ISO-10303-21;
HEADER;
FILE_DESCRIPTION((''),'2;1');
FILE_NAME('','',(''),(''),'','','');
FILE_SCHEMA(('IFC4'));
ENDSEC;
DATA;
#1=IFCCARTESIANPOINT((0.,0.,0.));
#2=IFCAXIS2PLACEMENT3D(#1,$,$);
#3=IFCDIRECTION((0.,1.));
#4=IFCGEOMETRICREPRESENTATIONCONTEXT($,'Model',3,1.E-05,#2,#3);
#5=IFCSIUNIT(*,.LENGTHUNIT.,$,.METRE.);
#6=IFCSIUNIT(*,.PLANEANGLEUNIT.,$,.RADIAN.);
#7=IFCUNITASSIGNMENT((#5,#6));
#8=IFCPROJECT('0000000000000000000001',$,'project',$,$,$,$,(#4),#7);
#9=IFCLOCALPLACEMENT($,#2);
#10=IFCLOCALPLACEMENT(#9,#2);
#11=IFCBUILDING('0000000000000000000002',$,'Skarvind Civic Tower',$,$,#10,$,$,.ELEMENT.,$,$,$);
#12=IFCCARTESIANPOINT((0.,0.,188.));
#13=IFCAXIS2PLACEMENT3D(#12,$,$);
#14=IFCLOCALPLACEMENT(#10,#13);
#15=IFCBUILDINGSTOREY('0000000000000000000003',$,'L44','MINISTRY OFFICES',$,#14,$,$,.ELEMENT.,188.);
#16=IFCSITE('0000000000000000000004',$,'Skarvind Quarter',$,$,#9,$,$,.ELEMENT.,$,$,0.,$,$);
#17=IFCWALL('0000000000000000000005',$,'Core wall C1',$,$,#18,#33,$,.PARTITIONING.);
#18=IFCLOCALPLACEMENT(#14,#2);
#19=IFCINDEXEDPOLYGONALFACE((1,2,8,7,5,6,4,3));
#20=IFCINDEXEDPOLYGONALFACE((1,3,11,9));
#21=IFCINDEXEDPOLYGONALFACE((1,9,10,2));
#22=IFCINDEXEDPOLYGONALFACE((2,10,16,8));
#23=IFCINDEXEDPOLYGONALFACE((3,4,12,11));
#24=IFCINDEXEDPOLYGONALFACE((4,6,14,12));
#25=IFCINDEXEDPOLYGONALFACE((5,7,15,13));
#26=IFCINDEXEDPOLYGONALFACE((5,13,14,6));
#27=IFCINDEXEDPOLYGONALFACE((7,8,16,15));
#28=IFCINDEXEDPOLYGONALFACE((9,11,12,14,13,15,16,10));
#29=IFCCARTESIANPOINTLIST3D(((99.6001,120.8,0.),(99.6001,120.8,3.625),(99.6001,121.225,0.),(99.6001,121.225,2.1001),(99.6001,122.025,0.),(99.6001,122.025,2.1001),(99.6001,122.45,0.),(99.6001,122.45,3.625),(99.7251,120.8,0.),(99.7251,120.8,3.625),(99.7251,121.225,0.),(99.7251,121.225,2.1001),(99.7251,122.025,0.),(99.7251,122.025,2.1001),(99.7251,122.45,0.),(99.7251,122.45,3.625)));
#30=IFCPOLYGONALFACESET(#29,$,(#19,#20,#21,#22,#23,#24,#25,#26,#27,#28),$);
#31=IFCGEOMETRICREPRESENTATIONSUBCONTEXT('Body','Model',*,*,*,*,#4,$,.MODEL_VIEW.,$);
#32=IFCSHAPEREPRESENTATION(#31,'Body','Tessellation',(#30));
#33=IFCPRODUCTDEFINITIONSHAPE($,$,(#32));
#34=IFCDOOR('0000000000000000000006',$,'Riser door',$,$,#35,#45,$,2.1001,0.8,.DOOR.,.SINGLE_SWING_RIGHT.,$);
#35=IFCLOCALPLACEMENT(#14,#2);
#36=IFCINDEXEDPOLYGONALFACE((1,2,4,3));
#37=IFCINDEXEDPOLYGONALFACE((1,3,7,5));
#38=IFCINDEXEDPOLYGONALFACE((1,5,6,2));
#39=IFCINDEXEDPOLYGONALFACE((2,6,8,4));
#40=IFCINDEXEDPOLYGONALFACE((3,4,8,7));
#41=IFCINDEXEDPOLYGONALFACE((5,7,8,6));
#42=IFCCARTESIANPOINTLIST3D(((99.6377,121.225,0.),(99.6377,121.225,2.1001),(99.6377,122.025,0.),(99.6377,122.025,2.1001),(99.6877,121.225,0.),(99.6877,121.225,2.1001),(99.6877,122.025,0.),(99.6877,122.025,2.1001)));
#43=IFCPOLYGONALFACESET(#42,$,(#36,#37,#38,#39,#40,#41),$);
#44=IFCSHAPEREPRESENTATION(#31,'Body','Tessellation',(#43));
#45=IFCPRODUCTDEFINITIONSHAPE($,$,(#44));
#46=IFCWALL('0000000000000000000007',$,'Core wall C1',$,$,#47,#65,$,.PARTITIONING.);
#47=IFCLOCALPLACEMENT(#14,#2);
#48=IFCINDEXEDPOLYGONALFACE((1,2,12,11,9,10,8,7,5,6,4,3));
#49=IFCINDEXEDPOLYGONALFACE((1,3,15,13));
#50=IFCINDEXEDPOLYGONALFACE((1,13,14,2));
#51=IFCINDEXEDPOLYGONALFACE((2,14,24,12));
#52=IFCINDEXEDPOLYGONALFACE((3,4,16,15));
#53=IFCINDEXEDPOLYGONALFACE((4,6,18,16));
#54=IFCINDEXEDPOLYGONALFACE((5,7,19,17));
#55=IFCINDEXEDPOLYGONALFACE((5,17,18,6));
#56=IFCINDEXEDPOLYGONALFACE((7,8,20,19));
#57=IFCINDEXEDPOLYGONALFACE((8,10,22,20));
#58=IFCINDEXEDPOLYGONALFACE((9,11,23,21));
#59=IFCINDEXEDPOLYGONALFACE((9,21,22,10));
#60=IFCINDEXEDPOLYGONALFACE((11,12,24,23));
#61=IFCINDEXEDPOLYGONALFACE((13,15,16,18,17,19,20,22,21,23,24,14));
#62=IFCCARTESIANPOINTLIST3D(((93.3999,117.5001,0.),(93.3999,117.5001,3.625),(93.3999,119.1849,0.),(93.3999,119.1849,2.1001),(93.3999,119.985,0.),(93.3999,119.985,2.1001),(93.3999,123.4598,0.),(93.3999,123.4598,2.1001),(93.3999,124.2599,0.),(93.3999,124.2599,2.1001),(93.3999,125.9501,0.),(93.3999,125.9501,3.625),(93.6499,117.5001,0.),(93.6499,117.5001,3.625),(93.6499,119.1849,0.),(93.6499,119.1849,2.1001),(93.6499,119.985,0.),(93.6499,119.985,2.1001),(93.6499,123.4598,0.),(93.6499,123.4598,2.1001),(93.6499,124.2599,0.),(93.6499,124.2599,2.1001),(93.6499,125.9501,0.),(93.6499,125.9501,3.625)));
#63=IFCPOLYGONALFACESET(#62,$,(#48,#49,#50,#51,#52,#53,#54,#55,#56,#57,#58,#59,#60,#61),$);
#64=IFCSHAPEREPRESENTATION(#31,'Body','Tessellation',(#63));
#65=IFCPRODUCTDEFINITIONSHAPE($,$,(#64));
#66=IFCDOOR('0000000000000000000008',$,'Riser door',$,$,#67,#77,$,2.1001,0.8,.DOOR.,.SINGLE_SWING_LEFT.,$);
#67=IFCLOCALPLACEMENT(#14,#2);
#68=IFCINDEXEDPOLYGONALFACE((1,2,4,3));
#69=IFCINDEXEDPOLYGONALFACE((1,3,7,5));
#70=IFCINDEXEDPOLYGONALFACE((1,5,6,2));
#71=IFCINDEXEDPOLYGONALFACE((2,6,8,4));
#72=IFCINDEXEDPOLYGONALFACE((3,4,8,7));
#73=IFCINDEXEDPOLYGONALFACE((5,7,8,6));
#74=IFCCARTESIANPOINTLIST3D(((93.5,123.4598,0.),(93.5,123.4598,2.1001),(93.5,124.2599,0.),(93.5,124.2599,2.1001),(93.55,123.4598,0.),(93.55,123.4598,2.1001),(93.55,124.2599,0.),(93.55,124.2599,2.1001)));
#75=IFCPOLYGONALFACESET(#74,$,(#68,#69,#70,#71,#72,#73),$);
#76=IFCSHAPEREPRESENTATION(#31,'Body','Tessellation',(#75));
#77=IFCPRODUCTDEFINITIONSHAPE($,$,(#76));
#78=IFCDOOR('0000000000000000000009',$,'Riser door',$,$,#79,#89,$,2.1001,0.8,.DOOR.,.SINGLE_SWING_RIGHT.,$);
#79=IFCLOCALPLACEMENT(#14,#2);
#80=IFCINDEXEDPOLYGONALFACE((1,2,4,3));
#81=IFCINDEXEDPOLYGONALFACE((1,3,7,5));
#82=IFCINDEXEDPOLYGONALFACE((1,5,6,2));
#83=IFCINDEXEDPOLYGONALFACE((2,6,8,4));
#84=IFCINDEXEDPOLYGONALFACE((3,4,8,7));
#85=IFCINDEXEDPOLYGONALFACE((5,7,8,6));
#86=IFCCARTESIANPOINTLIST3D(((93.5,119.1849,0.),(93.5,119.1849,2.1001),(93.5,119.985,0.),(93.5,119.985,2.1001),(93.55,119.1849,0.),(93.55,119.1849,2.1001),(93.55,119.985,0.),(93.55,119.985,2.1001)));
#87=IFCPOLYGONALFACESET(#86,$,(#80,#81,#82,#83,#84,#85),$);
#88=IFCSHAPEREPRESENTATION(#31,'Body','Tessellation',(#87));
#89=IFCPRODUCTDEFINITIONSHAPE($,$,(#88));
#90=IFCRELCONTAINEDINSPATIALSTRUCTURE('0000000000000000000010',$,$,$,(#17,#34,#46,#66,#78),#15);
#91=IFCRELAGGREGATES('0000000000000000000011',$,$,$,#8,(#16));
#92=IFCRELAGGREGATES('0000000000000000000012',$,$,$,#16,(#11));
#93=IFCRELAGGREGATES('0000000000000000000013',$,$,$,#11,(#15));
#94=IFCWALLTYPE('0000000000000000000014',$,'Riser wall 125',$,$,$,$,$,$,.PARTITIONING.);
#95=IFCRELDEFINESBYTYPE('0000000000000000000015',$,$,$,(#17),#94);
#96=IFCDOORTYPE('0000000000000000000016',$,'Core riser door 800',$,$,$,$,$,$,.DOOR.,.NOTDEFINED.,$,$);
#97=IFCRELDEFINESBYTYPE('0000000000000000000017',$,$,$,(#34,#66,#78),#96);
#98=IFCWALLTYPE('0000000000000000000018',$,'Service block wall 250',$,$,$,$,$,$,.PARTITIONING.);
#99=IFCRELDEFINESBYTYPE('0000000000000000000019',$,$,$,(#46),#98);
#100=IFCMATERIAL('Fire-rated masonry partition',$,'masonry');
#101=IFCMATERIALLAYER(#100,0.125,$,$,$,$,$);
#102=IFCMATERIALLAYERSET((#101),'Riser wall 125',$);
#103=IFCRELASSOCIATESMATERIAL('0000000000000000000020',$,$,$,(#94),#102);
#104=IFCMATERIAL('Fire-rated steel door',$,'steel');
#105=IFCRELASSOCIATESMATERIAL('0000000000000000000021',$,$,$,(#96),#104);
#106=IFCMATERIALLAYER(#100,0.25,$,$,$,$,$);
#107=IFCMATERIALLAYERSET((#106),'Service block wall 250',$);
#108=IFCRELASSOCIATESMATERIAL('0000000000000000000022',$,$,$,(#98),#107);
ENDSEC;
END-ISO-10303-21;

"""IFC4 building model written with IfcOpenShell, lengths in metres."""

from ifc_helpers import new_model, si_unit, direction, frame, frame_2d, origin, place, context, subcontext, project, spatial, rectangle, extrude, material, layer, layer_set, type_object, element, fill, save


model = new_model("IFC4")

# Units and contexts
model_context = context("Model", 3, precision=1e-05, world=origin(), true_north=direction((0.0, 1.0)))
body_context = subcontext(model_context, "Body", "Model", "MODEL_VIEW")
ifc_project = project(units=[si_unit("LENGTHUNIT", "METRE"), si_unit("PLANEANGLEUNIT", "RADIAN")], contexts=[model_context])

# Site, building, storey
site_placement = place(None, origin())
site = spatial("IfcSite", under=ifc_project, at=site_placement, Name="Skarvind Quarter", CompositionType="ELEMENT", RefElevation=0.0)
building_placement = place(site_placement, origin())
building = spatial("IfcBuilding", under=site, at=building_placement, Name="Skarvind Civic Tower", CompositionType="ELEMENT")
storey_placement = place(building_placement, frame((0.0, 0.0, 188.0)))
storey = spatial("IfcBuildingStorey", under=building, at=storey_placement, Name="L44", Description="MINISTRY OFFICES", CompositionType="ELEMENT", Elevation=188.0)

# Shared definitions
ifc_material_1 = material(Name="Fire-rated masonry partition", Category="masonry")
ifc_material_2 = material(Name="Fire-rated steel door", Category="steel")

# Wall, opening, door
ifc_layer_1 = layer(ifc_material_1, 0.125)
ifc_layer_set_1 = layer_set([ifc_layer_1], Name="Riser wall 125")
wall_type_1 = type_object("IfcWallType", Name="Riser wall 125", PredefinedType="PARTITIONING", material=ifc_layer_set_1)
wall_1_placement = place(storey_placement, frame((99.6626, 120.8, 0.0), z_axis=(0.0, 0.0, 1.0), x_axis=(0.0, 1.0, 0.0)))
wall_1 = element("IfcWall", 1, at=wall_1_placement, inside=storey, type_object=wall_type_1, Name="Core wall C1", PredefinedType="PARTITIONING", context=body_context, shape_type="SweptSolid", body=[
    extrude(rectangle(XDim=1.6499, YDim=0.125, at=frame_2d((0.825, 0.0))), origin(), (0.0, 0.0, 1.0), 3.625),
])
opening_1_placement = place(wall_1_placement, frame((0.425, 0.0, 0.0)))
opening_1 = element("IfcOpeningElement", 2, at=opening_1_placement, cuts=wall_1, PredefinedType="OPENING", context=body_context, shape_type="SweptSolid", body=[
    extrude(rectangle(XDim=0.8, YDim=2.1001, at=frame_2d((0.3999, 1.05))), frame((0.0, 0.0725, 0.0), z_axis=(0.0, -1.0, 0.0), x_axis=(1.0, 0.0, 0.0)), (0.0, 0.0, 1.0), 0.145),
])
door_type_1 = type_object("IfcDoorType", Name="Core riser door 800", OperationType="NOTDEFINED", PredefinedType="DOOR", material=ifc_material_2)
door_1_placement = place(opening_1_placement, origin())
door_1 = element("IfcDoor", 3, at=door_1_placement, inside=storey, type_object=door_type_1, Name="Riser door", OperationType="SINGLE_SWING_RIGHT", OverallHeight=2.1001, OverallWidth=0.8, PredefinedType="DOOR", context=body_context, shape_type="SweptSolid", body=[
    extrude(rectangle(XDim=0.8, YDim=2.1001, at=frame_2d((0.3999, 1.05))), frame((0.0, 0.0249, 0.0), z_axis=(0.0, -1.0, 0.0), x_axis=(1.0, 0.0, 0.0)), (0.0, 0.0, 1.0), 0.05),
])
fill(opening_1, door_1)

# Wall, openings, doors
ifc_layer_2 = layer(ifc_material_1, 0.25)
ifc_layer_set_2 = layer_set([ifc_layer_2], Name="Service block wall 250")
wall_type_2 = type_object("IfcWallType", Name="Service block wall 250", PredefinedType="PARTITIONING", material=ifc_layer_set_2)
wall_2_placement = place(storey_placement, frame((93.5249, 117.5, 0.0), z_axis=(0.0, 0.0, 1.0), x_axis=(0.0, 1.0, 0.0)))
wall_2 = element("IfcWall", 4, at=wall_2_placement, inside=storey, type_object=wall_type_2, Name="Core wall C1", PredefinedType="PARTITIONING", context=body_context, shape_type="SweptSolid", body=[
    extrude(rectangle(XDim=8.45, YDim=0.25, at=frame_2d((4.2251, 0.0))), origin(), (0.0, 0.0, 1.0), 3.625),
])
opening_2_placement = place(wall_2_placement, frame((5.96, 0.0, 0.0)))
opening_2 = element("IfcOpeningElement", 5, at=opening_2_placement, cuts=wall_2, PredefinedType="OPENING", context=body_context, shape_type="SweptSolid", body=[
    extrude(rectangle(XDim=0.8, YDim=2.1001, at=frame_2d((0.3999, 1.05))), frame((0.0, 0.135, 0.0), z_axis=(0.0, -1.0, 0.0), x_axis=(1.0, 0.0, 0.0)), (0.0, 0.0, 1.0), 0.27),
])
opening_3_placement = place(wall_2_placement, frame((1.6851, 0.0, 0.0)))
opening_3 = element("IfcOpeningElement", 6, at=opening_3_placement, cuts=wall_2, PredefinedType="OPENING", context=body_context, shape_type="SweptSolid", body=[
    extrude(rectangle(XDim=0.8, YDim=2.1001, at=frame_2d((0.3999, 1.05))), frame((0.0, 0.135, 0.0), z_axis=(0.0, -1.0, 0.0), x_axis=(1.0, 0.0, 0.0)), (0.0, 0.0, 1.0), 0.27),
])
door_2_placement = place(opening_2_placement, origin())
door_2 = element("IfcDoor", 7, at=door_2_placement, inside=storey, type_object=door_type_1, Name="Riser door", OperationType="SINGLE_SWING_LEFT", OverallHeight=2.1001, OverallWidth=0.8, PredefinedType="DOOR", context=body_context, shape_type="SweptSolid", body=[
    extrude(rectangle(XDim=0.8, YDim=2.1001, at=frame_2d((0.3999, 1.05))), frame((0.0, 0.0249, 0.0), z_axis=(0.0, -1.0, 0.0), x_axis=(1.0, 0.0, 0.0)), (0.0, 0.0, 1.0), 0.05),
])
fill(opening_2, door_2)
door_3_placement = place(opening_3_placement, origin())
door_3 = element("IfcDoor", 8, at=door_3_placement, inside=storey, type_object=door_type_1, Name="Riser door", OperationType="SINGLE_SWING_RIGHT", OverallHeight=2.1001, OverallWidth=0.8, PredefinedType="DOOR", context=body_context, shape_type="SweptSolid", body=[
    extrude(rectangle(XDim=0.8, YDim=2.1001, at=frame_2d((0.3999, 1.05))), frame((0.0, 0.0249, 0.0), z_axis=(0.0, -1.0, 0.0), x_axis=(1.0, 0.0, 0.0)), (0.0, 0.0, 1.0), 0.05),
])
fill(opening_3, door_3)

save(model, "model.ifc")
